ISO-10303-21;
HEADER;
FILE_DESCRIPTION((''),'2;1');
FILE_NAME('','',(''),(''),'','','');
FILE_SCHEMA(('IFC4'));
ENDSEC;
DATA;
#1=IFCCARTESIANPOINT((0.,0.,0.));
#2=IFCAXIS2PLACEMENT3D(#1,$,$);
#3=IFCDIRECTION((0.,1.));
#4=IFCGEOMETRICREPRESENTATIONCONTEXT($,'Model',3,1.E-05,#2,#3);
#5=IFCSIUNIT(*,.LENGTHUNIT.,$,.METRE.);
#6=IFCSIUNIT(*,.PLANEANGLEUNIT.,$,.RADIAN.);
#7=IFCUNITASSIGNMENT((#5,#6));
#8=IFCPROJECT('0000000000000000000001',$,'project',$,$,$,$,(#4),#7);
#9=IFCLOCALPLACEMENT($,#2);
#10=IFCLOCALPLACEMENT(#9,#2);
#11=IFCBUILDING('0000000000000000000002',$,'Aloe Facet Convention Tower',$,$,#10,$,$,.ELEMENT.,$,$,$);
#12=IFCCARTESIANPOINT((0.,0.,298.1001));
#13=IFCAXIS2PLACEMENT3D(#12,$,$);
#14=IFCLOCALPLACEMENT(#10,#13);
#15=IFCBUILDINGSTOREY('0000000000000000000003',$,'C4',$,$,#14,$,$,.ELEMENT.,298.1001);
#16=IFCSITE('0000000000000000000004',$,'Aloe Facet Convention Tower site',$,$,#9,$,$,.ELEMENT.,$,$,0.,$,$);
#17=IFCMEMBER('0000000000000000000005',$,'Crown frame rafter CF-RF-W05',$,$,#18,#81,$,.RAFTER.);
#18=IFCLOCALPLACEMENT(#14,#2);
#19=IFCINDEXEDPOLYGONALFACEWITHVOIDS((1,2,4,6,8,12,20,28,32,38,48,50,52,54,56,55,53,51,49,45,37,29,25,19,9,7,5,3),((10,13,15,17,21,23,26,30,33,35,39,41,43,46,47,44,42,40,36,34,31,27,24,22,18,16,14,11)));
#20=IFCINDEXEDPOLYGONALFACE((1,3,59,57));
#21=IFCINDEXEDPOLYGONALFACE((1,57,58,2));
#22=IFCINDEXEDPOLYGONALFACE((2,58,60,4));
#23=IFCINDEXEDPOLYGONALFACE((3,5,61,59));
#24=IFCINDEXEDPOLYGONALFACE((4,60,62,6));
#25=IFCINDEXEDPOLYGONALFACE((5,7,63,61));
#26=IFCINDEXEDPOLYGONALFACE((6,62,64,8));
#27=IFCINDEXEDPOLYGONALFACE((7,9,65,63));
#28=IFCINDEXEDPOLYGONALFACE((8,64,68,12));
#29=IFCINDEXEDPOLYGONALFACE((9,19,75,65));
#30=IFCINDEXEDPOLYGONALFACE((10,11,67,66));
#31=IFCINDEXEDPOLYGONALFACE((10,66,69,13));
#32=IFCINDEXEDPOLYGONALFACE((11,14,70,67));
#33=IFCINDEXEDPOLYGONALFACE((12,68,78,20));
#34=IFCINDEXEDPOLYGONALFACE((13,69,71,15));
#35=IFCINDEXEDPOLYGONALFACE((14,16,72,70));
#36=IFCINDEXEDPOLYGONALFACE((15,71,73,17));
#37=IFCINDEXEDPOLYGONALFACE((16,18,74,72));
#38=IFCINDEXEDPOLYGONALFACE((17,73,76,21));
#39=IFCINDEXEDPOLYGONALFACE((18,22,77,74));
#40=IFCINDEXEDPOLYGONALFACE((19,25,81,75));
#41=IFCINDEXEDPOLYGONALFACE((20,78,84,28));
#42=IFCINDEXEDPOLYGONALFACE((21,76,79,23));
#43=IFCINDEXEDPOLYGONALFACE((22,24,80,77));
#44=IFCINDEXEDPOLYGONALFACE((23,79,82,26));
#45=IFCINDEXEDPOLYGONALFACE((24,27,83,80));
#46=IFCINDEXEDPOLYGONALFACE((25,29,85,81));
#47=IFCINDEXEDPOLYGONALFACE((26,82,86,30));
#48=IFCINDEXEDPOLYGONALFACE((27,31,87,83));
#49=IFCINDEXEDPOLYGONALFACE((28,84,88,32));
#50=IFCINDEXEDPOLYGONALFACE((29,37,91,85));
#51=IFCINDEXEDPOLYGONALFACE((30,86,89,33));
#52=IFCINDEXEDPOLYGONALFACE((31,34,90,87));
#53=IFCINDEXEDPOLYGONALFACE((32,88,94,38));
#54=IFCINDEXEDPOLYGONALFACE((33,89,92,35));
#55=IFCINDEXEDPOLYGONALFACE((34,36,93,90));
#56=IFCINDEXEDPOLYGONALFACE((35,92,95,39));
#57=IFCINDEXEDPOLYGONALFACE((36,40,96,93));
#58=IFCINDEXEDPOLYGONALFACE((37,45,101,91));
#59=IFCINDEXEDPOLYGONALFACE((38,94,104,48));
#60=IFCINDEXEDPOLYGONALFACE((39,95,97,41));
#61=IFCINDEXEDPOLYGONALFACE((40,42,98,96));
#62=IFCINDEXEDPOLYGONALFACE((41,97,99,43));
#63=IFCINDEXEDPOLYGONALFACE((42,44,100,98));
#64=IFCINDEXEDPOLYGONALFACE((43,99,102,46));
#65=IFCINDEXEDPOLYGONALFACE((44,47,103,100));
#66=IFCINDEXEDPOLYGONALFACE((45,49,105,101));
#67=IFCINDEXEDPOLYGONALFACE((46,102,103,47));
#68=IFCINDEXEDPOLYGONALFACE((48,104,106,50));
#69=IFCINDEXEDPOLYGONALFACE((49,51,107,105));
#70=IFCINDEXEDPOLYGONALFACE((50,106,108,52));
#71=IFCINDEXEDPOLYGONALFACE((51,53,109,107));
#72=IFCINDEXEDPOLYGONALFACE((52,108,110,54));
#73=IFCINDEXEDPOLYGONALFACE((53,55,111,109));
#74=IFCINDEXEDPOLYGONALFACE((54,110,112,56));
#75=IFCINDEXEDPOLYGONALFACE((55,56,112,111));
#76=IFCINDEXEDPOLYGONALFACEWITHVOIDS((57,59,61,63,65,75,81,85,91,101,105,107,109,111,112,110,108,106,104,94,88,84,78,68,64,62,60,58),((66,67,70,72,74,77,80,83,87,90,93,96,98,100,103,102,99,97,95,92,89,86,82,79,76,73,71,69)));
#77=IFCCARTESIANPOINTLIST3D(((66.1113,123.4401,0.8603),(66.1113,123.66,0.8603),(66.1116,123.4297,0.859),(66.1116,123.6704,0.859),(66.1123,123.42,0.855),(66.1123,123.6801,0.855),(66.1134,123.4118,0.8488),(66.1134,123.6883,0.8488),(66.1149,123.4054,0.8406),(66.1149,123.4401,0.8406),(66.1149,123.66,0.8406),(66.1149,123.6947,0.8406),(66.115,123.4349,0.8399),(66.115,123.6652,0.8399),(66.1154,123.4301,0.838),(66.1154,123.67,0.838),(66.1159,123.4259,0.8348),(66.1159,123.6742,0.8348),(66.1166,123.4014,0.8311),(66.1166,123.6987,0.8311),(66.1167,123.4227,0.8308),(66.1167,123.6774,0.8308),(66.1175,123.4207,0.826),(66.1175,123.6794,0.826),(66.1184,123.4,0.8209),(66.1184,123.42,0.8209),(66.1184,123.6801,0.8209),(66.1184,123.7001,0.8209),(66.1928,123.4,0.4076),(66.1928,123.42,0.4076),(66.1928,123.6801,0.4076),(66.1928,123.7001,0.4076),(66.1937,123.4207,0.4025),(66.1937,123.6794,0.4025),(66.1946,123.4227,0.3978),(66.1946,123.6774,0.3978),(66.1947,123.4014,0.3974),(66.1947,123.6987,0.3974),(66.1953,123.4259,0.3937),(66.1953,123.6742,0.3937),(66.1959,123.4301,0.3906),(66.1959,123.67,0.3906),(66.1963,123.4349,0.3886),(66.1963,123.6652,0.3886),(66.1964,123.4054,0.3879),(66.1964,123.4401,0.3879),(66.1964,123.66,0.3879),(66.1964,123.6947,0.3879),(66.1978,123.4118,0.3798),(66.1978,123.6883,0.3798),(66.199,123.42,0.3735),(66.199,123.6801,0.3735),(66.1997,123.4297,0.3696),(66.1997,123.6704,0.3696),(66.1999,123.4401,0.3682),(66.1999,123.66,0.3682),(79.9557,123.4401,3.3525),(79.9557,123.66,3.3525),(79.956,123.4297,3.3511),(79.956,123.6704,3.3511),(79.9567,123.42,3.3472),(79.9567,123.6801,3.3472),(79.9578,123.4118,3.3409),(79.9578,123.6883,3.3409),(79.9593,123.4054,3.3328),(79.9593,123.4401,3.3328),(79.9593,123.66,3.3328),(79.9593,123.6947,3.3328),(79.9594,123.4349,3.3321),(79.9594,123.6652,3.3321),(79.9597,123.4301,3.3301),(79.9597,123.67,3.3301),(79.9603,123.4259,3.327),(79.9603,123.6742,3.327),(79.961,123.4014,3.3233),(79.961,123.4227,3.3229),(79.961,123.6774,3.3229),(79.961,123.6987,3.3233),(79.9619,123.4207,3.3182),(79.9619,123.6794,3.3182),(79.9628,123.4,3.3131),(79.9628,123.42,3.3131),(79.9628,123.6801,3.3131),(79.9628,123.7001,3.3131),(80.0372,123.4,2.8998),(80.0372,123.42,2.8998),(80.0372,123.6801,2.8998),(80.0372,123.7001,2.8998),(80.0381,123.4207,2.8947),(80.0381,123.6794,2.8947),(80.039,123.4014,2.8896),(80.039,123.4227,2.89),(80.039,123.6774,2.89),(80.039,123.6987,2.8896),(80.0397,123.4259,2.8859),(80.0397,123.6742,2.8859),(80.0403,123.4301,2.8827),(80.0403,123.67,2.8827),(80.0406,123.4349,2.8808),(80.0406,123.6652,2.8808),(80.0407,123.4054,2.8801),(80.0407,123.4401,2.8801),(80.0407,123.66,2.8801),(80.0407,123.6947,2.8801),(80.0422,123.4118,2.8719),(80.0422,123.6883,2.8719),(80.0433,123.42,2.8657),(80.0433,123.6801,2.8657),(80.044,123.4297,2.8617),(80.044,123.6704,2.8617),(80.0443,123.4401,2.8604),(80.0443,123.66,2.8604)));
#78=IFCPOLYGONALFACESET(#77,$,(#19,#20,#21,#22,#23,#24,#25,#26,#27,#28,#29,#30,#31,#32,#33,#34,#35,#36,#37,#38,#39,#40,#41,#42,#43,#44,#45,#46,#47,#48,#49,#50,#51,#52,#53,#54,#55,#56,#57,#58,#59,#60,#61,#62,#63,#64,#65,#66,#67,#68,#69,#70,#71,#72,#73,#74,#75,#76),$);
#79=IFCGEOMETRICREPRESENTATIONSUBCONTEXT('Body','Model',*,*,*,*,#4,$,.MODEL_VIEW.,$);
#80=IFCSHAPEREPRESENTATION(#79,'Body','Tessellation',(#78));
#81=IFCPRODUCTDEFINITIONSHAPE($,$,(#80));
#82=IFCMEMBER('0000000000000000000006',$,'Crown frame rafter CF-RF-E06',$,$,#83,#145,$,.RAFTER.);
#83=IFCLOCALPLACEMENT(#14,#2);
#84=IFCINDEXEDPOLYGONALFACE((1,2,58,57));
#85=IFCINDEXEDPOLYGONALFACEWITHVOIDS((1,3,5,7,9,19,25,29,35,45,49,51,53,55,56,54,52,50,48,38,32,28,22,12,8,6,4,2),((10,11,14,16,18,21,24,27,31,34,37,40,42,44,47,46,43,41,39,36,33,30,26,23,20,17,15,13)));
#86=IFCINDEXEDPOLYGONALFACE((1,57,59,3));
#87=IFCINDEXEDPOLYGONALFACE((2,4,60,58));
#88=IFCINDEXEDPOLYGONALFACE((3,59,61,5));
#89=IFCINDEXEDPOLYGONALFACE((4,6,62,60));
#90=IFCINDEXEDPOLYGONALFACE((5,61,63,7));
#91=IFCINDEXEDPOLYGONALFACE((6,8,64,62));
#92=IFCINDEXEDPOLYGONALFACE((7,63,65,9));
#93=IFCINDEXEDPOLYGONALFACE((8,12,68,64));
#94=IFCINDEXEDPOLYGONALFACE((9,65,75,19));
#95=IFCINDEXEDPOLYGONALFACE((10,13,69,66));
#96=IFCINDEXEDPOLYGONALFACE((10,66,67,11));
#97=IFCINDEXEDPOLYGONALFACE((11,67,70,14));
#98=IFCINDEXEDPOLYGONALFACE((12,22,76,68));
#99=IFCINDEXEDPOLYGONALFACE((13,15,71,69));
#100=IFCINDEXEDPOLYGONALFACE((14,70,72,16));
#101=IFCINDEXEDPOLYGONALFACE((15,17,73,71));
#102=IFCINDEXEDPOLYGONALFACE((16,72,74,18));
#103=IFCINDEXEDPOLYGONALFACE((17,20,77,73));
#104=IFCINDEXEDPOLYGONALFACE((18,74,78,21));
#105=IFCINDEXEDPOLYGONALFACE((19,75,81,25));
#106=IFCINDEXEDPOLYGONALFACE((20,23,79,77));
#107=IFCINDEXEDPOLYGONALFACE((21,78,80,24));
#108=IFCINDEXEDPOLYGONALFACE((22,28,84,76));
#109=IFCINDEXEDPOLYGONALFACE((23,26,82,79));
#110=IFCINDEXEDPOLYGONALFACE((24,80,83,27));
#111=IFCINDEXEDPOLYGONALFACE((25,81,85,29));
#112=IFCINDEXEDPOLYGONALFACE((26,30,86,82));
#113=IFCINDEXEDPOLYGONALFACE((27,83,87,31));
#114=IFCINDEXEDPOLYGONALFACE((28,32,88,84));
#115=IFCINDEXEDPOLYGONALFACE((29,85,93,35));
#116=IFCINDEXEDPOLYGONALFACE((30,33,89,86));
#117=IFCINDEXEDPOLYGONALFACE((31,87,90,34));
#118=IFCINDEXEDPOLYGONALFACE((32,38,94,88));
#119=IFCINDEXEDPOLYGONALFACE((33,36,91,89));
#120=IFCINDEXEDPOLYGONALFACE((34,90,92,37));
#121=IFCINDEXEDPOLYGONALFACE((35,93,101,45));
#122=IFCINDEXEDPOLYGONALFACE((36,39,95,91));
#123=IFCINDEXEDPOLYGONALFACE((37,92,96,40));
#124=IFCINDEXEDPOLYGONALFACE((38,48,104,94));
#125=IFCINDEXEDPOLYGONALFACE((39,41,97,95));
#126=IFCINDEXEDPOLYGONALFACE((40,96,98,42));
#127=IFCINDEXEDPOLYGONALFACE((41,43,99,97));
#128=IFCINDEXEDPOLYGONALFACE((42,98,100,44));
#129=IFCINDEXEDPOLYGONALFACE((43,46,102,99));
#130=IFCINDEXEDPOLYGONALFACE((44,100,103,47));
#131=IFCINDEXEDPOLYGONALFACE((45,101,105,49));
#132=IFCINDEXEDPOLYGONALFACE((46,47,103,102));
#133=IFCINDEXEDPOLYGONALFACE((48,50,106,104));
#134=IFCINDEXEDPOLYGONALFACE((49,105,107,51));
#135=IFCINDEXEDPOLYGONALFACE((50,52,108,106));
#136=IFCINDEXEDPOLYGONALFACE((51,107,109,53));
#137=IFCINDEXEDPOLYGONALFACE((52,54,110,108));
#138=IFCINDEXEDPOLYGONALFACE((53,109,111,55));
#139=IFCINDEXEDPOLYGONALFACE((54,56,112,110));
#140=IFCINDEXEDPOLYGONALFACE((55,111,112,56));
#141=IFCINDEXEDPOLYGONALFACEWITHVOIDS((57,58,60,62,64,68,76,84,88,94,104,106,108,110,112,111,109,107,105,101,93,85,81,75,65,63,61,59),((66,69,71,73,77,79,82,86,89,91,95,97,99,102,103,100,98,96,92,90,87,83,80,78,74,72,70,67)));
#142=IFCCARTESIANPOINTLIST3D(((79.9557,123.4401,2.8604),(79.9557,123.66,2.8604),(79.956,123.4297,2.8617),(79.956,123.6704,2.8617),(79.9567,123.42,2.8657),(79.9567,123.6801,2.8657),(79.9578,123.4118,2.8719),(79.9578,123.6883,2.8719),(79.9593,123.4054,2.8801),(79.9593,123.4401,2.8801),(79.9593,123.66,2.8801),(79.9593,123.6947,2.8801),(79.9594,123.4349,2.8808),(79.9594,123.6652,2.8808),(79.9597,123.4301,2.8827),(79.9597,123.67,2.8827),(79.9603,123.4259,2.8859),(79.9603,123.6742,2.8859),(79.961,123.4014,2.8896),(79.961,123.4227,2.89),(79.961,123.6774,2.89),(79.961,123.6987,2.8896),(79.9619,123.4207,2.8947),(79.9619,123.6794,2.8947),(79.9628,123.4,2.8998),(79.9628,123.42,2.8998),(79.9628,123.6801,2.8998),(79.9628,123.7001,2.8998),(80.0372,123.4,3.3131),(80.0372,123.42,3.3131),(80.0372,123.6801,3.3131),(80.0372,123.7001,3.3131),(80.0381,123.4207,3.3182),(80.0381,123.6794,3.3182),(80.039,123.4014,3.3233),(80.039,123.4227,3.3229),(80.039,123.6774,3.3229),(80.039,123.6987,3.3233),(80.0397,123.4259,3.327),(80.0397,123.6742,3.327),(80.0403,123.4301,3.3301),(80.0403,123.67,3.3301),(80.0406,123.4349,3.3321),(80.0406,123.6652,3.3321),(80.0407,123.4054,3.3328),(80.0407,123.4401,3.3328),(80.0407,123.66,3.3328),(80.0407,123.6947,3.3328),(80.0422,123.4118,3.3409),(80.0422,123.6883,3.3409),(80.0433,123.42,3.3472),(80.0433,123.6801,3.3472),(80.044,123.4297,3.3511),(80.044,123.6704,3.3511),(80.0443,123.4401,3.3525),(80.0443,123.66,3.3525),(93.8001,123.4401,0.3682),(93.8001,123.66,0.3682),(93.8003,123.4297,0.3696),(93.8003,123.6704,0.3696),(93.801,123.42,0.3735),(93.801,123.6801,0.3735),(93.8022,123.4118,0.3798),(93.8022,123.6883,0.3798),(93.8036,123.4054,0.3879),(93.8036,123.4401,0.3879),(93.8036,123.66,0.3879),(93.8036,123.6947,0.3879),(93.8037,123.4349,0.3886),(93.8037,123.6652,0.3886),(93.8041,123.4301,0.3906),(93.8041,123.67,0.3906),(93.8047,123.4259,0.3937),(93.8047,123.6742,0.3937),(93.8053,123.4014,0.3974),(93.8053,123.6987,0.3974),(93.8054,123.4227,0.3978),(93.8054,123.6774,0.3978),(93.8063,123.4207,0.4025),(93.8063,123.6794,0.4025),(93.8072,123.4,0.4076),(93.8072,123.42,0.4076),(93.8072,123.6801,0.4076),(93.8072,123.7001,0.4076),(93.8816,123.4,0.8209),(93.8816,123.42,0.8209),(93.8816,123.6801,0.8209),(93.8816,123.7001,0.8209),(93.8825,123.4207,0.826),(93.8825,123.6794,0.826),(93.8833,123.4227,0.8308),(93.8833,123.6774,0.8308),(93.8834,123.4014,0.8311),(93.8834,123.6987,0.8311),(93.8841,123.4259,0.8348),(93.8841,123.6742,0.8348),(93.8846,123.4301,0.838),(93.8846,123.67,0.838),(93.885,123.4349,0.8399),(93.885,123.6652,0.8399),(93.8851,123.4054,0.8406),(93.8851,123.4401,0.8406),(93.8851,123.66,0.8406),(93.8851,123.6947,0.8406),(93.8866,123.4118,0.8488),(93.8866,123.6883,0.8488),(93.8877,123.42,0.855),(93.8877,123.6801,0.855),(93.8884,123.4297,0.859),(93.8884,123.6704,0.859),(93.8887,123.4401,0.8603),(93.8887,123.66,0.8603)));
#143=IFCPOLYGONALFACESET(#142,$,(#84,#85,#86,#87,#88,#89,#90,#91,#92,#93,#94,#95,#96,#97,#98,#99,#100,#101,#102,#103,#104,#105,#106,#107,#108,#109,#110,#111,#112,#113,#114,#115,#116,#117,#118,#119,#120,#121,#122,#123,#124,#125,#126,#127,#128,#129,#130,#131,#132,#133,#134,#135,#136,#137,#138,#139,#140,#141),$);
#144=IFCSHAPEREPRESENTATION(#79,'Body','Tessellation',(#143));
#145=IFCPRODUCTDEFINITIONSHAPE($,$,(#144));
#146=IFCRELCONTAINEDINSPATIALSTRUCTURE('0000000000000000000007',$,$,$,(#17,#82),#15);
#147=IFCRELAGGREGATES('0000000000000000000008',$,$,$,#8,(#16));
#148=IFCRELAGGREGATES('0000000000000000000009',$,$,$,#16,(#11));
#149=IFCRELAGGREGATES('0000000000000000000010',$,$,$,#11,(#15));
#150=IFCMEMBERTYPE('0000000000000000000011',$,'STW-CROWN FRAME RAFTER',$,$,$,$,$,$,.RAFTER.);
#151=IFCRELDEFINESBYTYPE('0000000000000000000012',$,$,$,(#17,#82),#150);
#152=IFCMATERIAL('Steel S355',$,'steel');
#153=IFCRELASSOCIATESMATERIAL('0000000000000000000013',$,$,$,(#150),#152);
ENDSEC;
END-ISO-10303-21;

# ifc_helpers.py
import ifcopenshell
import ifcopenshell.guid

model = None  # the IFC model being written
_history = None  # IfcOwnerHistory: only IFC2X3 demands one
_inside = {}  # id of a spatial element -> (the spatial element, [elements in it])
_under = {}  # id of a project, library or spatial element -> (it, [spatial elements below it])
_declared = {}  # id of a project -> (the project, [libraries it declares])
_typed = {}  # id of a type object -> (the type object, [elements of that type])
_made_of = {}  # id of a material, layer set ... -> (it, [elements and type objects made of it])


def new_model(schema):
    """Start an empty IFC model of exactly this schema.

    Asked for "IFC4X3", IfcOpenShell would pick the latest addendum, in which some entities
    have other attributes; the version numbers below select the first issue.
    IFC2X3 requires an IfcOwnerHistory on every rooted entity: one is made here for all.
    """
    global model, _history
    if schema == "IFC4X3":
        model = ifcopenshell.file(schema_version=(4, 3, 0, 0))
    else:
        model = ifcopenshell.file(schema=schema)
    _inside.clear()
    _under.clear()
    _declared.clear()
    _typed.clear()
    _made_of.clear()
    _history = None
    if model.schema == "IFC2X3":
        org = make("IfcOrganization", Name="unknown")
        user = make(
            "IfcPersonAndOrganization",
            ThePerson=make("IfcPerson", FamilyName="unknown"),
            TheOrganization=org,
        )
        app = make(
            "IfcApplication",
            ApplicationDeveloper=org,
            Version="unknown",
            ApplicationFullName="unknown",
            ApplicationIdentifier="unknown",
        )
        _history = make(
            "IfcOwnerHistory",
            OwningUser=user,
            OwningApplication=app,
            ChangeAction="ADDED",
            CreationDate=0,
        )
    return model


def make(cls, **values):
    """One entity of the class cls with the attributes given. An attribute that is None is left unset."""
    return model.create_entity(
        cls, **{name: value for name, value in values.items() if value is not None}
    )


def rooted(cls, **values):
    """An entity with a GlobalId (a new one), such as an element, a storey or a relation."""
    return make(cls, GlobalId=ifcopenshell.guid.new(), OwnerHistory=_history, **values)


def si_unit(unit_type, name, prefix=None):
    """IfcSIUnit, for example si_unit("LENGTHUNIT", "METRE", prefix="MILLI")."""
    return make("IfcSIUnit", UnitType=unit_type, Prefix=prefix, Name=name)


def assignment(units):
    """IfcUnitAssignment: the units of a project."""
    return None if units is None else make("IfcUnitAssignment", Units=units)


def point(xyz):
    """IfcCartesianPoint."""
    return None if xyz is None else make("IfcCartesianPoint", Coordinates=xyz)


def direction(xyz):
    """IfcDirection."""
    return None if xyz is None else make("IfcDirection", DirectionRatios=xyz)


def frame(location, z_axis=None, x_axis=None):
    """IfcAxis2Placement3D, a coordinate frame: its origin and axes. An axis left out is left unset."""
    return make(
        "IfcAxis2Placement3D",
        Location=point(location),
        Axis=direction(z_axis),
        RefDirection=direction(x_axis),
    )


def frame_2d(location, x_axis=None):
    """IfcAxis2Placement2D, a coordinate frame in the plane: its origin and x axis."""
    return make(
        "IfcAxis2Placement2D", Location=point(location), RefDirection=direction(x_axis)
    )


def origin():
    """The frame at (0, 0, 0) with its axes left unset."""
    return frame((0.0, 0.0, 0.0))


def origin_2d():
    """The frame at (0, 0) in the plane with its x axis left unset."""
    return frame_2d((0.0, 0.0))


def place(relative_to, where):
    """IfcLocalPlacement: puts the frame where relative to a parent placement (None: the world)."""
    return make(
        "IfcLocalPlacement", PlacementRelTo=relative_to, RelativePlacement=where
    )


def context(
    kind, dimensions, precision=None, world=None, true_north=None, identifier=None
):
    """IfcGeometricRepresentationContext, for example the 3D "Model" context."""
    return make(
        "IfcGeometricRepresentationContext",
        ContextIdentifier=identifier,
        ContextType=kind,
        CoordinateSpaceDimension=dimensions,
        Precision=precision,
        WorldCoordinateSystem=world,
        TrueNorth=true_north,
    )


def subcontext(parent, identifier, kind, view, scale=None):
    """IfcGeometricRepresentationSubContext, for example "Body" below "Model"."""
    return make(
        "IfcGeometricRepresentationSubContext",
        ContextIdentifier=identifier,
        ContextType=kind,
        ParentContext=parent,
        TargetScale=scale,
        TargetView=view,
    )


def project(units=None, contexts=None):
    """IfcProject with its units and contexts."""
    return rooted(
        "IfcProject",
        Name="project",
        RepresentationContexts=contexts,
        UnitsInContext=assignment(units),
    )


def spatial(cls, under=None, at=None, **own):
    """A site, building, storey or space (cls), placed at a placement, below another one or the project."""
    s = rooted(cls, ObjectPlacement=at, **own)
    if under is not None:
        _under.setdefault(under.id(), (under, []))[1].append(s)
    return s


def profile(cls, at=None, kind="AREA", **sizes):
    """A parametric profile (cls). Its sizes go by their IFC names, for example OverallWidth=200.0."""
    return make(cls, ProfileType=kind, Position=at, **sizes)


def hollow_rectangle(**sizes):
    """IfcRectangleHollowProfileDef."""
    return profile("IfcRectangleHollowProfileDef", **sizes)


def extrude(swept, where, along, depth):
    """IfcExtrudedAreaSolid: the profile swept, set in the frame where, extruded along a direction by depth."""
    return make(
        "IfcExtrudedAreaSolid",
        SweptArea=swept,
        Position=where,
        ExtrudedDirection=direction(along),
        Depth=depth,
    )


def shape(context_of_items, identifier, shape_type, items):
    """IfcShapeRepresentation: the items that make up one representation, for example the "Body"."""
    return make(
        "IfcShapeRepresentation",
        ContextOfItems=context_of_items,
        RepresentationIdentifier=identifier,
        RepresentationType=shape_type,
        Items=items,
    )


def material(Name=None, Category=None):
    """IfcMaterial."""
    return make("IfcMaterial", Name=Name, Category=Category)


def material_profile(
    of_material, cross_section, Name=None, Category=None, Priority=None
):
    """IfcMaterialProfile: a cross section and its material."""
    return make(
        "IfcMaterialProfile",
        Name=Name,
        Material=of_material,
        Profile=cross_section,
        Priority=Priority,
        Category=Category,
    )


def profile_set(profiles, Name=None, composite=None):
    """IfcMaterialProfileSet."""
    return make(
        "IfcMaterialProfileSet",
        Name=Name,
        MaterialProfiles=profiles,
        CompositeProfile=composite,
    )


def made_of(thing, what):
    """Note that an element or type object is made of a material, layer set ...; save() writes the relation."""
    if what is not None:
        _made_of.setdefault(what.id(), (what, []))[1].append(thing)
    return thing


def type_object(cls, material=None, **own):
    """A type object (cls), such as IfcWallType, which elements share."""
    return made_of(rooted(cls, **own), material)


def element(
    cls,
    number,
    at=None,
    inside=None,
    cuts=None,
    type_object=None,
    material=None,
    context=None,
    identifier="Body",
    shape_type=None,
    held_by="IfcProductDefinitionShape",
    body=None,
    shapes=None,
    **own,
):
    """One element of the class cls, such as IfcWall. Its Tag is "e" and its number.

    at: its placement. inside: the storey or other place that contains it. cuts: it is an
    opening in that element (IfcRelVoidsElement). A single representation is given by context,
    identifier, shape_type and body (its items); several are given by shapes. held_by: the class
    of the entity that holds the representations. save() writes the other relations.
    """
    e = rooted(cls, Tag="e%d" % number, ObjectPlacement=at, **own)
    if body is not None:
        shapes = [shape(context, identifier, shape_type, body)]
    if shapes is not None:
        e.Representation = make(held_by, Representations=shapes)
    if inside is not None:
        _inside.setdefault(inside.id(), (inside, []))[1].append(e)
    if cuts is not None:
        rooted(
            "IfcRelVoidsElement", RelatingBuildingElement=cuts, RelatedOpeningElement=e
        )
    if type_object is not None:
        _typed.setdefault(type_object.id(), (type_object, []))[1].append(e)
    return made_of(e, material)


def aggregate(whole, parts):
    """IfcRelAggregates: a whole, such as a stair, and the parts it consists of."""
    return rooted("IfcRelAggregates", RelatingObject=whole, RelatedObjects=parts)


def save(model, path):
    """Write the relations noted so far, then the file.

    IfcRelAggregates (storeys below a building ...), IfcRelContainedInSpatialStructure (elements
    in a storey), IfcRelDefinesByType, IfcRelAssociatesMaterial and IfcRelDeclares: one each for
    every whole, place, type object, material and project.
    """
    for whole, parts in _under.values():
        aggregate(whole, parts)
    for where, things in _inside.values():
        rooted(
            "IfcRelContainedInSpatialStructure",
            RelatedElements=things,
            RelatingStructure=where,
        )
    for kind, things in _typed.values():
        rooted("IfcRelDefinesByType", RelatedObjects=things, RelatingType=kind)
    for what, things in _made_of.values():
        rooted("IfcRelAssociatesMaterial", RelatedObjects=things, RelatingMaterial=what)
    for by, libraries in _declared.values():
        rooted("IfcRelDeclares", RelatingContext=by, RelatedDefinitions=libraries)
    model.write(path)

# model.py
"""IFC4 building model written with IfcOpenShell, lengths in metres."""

from ifc_helpers import new_model, si_unit, direction, frame, origin, origin_2d, place, context, subcontext, project, spatial, hollow_rectangle, extrude, material, material_profile, profile_set, type_object, element, save


model = new_model("IFC4")

# Units and contexts
model_context = context("Model", 3, precision=1e-05, world=origin(), true_north=direction((0.0, 1.0)))
body_context = subcontext(model_context, "Body", "Model", "MODEL_VIEW")
ifc_project = project(units=[si_unit("LENGTHUNIT", "METRE"), si_unit("PLANEANGLEUNIT", "RADIAN")], contexts=[model_context])

# Site, building, storey
site_placement = place(None, origin())
site = spatial("IfcSite", under=ifc_project, at=site_placement, Name="Aloe Facet Convention Tower site", CompositionType="ELEMENT", RefElevation=0.0)
building_placement = place(site_placement, origin())
building = spatial("IfcBuilding", under=site, at=building_placement, Name="Aloe Facet Convention Tower", CompositionType="ELEMENT")
storey_placement = place(building_placement, frame((0.0, 0.0, 298.1001)))
storey = spatial("IfcBuildingStorey", under=building, at=storey_placement, Name="C4", CompositionType="ELEMENT", Elevation=298.1001)

# Members
ifc_material_1 = material(Name="Steel S355", Category="steel")
ifc_material_profile_1 = material_profile(ifc_material_1, hollow_rectangle(XDim=0.3, YDim=0.5, WallThickness=0.02, InnerFilletRadius=0.02, OuterFilletRadius=0.04, at=origin_2d()), Name="RHS 500x300x20")
ifc_profile_set_1 = profile_set([ifc_material_profile_1], Name="Steel S355")
member_type_1 = type_object("IfcMemberType", Name="STW-CROWN FRAME RAFTER", PredefinedType="RAFTER", material=ifc_profile_set_1)
for number, where, z_axis, x_axis, name in (
    (1, (80.0, 123.55, 3.1064), (-0.984181, 0.0, -0.177165), (0.0, -1.0, 0.0), "Crown frame rafter CF-RF-W05"),
    (2, (80.0, 123.55, 3.1064), (0.984181, 0.0, -0.177165), (0.0, 1.0, 0.0), "Crown frame rafter CF-RF-E06"),
):
    element("IfcMember", number, at=place(storey_placement, frame(where, z_axis=z_axis, x_axis=x_axis)), inside=storey, type_object=member_type_1, Name=name, PredefinedType="RAFTER", context=body_context, shape_type="SweptSolid", body=[
        extrude(hollow_rectangle(XDim=0.3, YDim=0.5, WallThickness=0.02, InnerFilletRadius=0.02, OuterFilletRadius=0.04, at=origin_2d()), origin(), (0.0, 0.0, 1.0), 14.0669),
    ])

save(model, "model.ifc")
